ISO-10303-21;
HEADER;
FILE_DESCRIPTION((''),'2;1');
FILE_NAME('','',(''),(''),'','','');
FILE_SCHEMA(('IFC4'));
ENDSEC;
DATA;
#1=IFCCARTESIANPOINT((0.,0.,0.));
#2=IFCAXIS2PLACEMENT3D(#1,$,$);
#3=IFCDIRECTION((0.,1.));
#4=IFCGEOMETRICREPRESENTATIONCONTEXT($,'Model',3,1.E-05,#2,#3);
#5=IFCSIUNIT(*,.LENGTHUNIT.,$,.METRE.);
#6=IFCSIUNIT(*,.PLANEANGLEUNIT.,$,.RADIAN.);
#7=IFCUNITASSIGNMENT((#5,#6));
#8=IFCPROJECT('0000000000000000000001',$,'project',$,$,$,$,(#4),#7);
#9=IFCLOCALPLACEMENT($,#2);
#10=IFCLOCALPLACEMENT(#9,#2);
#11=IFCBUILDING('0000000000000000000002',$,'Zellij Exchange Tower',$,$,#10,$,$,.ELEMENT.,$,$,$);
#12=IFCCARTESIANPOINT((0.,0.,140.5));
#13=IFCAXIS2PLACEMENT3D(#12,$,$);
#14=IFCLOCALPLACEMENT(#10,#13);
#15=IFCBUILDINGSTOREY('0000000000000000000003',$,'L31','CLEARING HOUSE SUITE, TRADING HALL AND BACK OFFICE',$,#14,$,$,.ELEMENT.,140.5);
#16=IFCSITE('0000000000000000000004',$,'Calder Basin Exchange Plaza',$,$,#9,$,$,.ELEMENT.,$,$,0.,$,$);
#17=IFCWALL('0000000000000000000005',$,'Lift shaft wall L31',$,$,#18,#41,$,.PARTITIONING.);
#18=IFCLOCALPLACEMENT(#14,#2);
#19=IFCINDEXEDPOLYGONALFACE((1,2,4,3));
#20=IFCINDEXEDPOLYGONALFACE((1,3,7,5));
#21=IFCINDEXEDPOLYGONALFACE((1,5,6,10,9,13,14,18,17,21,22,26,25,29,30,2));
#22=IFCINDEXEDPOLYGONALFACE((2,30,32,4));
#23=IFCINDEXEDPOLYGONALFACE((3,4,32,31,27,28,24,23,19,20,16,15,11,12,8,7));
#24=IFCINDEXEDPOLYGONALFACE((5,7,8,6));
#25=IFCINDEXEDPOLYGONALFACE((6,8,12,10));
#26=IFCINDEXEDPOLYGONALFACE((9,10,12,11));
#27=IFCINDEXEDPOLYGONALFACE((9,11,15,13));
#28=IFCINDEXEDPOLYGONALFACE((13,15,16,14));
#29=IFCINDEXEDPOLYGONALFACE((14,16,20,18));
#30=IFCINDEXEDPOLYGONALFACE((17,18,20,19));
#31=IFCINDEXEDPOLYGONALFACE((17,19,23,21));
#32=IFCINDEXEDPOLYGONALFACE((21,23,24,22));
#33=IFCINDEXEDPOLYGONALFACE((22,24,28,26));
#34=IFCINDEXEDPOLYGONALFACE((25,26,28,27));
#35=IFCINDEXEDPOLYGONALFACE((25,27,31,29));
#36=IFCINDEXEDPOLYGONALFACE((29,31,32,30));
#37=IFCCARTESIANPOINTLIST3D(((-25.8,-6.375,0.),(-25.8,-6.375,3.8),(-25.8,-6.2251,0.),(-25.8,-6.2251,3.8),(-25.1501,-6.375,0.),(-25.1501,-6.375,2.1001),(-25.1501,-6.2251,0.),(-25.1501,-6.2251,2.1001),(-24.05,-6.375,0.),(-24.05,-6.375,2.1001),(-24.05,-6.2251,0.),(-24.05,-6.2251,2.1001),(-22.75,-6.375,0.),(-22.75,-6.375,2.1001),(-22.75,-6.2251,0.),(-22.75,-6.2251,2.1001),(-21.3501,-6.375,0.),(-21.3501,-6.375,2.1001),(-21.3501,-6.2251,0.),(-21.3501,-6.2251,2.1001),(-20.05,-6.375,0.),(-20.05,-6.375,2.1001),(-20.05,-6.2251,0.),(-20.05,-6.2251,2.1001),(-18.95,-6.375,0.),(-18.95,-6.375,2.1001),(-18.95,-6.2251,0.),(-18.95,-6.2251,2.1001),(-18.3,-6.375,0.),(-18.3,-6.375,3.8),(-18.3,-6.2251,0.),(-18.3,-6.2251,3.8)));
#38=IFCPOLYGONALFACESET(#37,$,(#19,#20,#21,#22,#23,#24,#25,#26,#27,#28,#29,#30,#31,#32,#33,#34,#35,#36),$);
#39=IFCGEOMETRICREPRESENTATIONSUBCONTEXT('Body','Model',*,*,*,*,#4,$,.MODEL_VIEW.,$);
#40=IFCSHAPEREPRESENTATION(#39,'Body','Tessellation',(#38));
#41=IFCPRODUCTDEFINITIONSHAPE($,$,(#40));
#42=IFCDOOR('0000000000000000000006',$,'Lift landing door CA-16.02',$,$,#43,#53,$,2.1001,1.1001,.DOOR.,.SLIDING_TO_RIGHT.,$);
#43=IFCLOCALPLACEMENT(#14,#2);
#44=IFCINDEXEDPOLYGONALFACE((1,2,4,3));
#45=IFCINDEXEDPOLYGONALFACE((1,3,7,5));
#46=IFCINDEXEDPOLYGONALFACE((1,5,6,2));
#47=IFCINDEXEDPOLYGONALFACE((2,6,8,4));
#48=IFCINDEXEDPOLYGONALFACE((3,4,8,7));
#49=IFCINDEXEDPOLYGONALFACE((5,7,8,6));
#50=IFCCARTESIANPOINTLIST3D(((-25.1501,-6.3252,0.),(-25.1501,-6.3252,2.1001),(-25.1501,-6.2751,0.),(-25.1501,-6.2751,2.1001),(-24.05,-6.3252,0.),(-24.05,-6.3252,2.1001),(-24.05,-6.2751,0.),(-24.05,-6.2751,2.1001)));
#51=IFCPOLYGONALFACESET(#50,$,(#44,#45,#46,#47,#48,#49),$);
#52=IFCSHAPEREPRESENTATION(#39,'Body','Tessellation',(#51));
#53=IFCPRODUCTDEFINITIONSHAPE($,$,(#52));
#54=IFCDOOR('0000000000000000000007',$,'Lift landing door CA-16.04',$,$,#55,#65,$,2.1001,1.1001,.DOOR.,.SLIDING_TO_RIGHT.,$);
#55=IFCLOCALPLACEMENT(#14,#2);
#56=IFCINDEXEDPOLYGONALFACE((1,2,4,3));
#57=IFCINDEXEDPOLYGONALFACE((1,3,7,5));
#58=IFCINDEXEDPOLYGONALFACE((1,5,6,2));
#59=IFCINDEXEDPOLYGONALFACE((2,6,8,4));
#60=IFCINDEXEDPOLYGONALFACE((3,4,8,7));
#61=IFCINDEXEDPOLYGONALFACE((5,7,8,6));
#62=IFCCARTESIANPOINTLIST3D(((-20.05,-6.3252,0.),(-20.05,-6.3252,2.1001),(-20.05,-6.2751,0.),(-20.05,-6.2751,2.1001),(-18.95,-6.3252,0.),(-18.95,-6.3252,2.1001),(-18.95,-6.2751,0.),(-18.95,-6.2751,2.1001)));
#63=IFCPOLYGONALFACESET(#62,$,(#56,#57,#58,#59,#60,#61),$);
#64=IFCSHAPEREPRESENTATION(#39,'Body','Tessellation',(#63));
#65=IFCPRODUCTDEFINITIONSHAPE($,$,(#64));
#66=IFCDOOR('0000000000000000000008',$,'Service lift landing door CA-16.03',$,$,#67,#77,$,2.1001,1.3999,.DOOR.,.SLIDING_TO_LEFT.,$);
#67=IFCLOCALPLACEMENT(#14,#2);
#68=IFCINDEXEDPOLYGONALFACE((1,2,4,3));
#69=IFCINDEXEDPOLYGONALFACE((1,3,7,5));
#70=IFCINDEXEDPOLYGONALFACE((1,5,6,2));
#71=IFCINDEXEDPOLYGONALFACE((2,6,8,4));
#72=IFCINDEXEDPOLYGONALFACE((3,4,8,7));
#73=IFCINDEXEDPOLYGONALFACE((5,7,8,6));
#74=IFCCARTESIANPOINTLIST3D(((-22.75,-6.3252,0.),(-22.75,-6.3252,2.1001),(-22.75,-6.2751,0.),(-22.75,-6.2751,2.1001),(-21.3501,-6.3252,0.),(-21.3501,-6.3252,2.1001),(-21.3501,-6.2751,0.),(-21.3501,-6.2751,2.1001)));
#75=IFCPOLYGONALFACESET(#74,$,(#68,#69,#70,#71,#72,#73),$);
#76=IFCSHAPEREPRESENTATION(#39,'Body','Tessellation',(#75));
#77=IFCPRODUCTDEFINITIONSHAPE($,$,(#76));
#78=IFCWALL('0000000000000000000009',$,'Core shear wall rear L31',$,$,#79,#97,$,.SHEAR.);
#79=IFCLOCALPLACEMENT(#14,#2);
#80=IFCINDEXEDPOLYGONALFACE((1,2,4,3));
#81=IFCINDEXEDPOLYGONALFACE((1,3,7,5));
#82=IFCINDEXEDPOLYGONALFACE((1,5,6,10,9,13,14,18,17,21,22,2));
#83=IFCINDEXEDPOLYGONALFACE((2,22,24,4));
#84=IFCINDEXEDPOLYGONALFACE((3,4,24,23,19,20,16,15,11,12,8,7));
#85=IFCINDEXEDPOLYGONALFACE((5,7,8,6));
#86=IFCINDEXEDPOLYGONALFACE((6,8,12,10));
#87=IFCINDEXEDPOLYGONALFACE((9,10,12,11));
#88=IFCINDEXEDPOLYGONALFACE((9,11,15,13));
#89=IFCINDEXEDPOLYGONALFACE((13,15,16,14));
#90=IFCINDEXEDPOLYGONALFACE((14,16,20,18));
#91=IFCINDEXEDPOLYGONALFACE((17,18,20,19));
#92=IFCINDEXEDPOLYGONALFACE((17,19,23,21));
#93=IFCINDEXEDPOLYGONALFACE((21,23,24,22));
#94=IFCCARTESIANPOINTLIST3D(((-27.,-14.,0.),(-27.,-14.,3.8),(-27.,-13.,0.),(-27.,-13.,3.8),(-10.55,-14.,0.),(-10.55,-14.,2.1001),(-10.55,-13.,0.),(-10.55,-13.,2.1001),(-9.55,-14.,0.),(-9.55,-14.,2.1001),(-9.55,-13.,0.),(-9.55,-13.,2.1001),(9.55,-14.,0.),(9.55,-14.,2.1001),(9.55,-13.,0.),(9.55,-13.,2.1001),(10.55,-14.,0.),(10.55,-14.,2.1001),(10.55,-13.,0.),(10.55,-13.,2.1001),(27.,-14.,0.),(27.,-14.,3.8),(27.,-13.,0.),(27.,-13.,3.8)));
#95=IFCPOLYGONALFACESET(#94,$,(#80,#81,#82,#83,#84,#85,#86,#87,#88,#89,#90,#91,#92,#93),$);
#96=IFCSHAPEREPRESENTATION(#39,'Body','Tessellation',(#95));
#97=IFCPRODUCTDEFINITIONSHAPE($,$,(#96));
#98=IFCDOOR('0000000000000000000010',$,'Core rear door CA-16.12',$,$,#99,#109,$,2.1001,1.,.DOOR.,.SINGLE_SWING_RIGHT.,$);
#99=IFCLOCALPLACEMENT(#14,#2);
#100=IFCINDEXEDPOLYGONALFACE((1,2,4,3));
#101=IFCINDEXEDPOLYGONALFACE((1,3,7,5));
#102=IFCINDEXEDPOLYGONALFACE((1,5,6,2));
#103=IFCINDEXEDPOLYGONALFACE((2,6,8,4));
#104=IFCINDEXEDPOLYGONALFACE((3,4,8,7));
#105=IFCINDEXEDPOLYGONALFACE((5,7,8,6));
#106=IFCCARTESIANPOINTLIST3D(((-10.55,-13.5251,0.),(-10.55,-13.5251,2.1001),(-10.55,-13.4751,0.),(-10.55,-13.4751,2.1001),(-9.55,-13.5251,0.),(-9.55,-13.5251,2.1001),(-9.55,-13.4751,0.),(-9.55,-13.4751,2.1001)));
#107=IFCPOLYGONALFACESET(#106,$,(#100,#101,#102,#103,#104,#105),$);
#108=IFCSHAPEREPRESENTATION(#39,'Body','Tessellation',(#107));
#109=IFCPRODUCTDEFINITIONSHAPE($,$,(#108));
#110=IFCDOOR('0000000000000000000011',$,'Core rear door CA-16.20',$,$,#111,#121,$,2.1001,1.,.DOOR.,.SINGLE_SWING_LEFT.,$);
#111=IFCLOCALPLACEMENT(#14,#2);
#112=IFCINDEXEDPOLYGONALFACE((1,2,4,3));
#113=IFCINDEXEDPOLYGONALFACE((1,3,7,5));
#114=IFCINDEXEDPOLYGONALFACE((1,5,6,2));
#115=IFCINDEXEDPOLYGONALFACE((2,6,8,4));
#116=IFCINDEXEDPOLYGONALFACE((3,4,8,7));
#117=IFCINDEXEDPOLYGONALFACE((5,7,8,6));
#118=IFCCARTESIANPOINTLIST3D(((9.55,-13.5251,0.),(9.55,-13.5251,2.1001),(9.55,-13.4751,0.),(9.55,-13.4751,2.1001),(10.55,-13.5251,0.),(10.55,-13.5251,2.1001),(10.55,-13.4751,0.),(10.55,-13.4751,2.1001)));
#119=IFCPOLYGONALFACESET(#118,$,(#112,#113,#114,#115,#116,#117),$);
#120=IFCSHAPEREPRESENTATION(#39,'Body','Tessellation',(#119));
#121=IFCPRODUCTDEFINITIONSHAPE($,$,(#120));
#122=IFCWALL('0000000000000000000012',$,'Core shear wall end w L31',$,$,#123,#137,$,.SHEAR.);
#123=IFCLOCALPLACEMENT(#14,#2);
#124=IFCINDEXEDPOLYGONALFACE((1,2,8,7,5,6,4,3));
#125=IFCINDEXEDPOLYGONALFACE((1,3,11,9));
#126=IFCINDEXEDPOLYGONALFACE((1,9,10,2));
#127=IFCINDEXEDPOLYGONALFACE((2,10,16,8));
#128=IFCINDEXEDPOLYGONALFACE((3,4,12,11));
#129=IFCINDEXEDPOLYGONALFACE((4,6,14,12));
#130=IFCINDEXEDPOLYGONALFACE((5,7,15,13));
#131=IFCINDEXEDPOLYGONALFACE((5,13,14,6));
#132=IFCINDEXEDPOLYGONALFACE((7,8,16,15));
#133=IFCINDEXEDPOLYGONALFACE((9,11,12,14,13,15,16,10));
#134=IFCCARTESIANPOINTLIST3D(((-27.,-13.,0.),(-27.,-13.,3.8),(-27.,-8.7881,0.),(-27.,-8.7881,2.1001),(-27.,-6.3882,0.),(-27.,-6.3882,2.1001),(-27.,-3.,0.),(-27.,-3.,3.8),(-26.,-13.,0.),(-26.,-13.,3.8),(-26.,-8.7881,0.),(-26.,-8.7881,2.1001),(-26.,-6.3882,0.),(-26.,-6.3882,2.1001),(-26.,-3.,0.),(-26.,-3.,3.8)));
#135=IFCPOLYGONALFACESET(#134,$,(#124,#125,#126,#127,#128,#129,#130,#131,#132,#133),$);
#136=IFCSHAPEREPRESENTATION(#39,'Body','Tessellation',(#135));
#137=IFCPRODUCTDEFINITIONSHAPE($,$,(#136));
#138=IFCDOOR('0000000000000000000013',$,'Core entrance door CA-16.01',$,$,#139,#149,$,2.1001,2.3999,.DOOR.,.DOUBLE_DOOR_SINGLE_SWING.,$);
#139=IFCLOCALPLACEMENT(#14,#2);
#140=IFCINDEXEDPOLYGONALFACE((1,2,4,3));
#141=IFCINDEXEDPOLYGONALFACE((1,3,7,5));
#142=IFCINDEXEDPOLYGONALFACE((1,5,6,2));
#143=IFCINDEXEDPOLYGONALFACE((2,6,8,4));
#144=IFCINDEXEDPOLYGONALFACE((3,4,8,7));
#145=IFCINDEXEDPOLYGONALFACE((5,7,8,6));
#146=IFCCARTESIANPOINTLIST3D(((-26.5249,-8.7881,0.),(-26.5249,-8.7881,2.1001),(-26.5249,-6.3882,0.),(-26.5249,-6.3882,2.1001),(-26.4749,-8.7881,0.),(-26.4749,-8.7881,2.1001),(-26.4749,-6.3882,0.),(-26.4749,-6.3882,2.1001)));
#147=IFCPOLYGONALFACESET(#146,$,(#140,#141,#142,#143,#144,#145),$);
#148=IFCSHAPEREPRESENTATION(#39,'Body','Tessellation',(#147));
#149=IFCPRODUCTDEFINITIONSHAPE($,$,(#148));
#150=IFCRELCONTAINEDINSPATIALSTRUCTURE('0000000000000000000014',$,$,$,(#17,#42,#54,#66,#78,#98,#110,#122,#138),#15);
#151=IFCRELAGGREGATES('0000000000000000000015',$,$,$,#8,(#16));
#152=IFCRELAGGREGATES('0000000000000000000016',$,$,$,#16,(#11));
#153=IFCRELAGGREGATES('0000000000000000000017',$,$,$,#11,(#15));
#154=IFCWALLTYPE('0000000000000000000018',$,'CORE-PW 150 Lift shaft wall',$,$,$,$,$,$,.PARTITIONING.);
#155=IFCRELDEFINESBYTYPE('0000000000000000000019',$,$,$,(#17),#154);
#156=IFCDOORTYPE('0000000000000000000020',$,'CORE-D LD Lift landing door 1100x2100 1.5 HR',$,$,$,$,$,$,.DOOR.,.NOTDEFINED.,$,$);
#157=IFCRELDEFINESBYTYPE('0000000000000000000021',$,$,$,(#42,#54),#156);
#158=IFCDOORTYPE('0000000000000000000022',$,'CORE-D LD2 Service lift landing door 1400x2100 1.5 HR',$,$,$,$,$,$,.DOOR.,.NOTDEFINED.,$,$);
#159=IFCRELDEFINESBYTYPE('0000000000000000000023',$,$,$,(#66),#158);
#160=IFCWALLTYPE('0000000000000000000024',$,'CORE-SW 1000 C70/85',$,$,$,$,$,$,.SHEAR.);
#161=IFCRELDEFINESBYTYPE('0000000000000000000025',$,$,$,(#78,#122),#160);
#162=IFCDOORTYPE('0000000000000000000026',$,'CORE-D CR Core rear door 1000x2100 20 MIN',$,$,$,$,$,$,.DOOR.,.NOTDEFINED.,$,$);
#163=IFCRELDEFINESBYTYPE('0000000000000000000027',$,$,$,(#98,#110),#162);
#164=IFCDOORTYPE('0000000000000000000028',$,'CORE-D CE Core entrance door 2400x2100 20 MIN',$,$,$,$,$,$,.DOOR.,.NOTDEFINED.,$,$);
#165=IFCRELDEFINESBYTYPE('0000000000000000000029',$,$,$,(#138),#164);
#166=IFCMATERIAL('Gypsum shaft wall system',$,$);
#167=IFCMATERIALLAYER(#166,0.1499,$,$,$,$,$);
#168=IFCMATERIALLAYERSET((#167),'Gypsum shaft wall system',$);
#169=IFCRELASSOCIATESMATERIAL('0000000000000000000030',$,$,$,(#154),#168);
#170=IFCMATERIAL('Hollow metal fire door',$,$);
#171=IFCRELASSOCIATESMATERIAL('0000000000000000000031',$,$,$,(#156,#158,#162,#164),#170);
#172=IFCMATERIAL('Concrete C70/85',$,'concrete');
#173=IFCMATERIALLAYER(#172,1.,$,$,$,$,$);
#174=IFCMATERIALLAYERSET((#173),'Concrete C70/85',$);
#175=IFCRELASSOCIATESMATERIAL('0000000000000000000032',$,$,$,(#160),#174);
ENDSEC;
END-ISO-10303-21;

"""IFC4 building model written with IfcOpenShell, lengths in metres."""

from ifc_helpers import new_model, si_unit, direction, frame, frame_2d, origin, place, context, subcontext, project, spatial, rectangle, extrude, material, layer, layer_set, type_object, element, fill, save


model = new_model("IFC4")

# Units and contexts
model_context = context("Model", 3, precision=1e-05, world=origin(), true_north=direction((0.0, 1.0)))
body_context = subcontext(model_context, "Body", "Model", "MODEL_VIEW")
ifc_project = project(units=[si_unit("LENGTHUNIT", "METRE"), si_unit("PLANEANGLEUNIT", "RADIAN")], contexts=[model_context])

# Site, building, storey
site_placement = place(None, origin())
site = spatial("IfcSite", under=ifc_project, at=site_placement, Name="Calder Basin Exchange Plaza", CompositionType="ELEMENT", RefElevation=0.0)
building_placement = place(site_placement, origin())
building = spatial("IfcBuilding", under=site, at=building_placement, Name="Zellij Exchange Tower", CompositionType="ELEMENT")
storey_placement = place(building_placement, frame((0.0, 0.0, 140.5)))
storey = spatial("IfcBuildingStorey", under=building, at=storey_placement, Name="L31", Description="CLEARING HOUSE SUITE, TRADING HALL AND BACK OFFICE", CompositionType="ELEMENT", Elevation=140.5)

# Shared definitions
ifc_material_1 = material(Name="Concrete C70/85", Category="concrete")

# Walls, openings, doors
ifc_material_2 = material(Name="Gypsum shaft wall system")
ifc_layer_1 = layer(ifc_material_2, 0.1499)
ifc_layer_set_1 = layer_set([ifc_layer_1], Name="Gypsum shaft wall system")
wall_type_1 = type_object("IfcWallType", Name="CORE-PW 150 Lift shaft wall", PredefinedType="PARTITIONING", material=ifc_layer_set_1)
wall_1_placement = place(storey_placement, frame((-25.8, -6.3, 0.0), z_axis=(0.0, 0.0, 1.0), x_axis=(1.0, 0.0, 0.0)))
wall_1 = element("IfcWall", 1, at=wall_1_placement, inside=storey, type_object=wall_type_1, Name="Lift shaft wall L31", PredefinedType="PARTITIONING", context=body_context, shape_type="SweptSolid", body=[
    extrude(rectangle(XDim=7.5, YDim=0.1499, at=frame_2d((3.75, 0.0))), origin(), (0.0, 0.0, 1.0), 3.8),
])
opening_1_placement = place(wall_1_placement, frame((0.6499, 0.0, 0.0)))
opening_1 = element("IfcOpeningElement", 2, at=opening_1_placement, cuts=wall_1, PredefinedType="OPENING", context=body_context, shape_type="SweptSolid", body=[
    extrude(rectangle(XDim=1.1001, YDim=2.1001, at=frame_2d((0.55, 1.05))), frame((0.0, 0.0869, 0.0), z_axis=(0.0, -1.0, 0.0), x_axis=(1.0, 0.0, 0.0)), (0.0, 0.0, 1.0), 0.1738),
])
opening_2_placement = place(wall_1_placement, frame((3.05, 0.0, 0.0)))
opening_2 = element("IfcOpeningElement", 3, at=opening_2_placement, cuts=wall_1, PredefinedType="OPENING", context=body_context, shape_type="SweptSolid", body=[
    extrude(rectangle(XDim=1.3999, YDim=2.1001, at=frame_2d((0.7, 1.05))), frame((0.0, 0.0869, 0.0), z_axis=(0.0, -1.0, 0.0), x_axis=(1.0, 0.0, 0.0)), (0.0, 0.0, 1.0), 0.1738),
])
opening_3_placement = place(wall_1_placement, frame((5.75, 0.0, 0.0)))
opening_3 = element("IfcOpeningElement", 4, at=opening_3_placement, cuts=wall_1, PredefinedType="OPENING", context=body_context, shape_type="SweptSolid", body=[
    extrude(rectangle(XDim=1.1001, YDim=2.1001, at=frame_2d((0.55, 1.05))), frame((0.0, 0.0869, 0.0), z_axis=(0.0, -1.0, 0.0), x_axis=(1.0, 0.0, 0.0)), (0.0, 0.0, 1.0), 0.1738),
])
ifc_material_3 = material(Name="Hollow metal fire door")
door_type_1 = type_object("IfcDoorType", Name="CORE-D LD Lift landing door 1100x2100 1.5 HR", OperationType="NOTDEFINED", PredefinedType="DOOR", material=ifc_material_3)
door_1_placement = place(opening_1_placement, origin())
door_1 = element("IfcDoor", 5, at=door_1_placement, inside=storey, type_object=door_type_1, Name="Lift landing door CA-16.02", OperationType="SLIDING_TO_RIGHT", OverallHeight=2.1001, OverallWidth=1.1001, PredefinedType="DOOR", context=body_context, shape_type="SweptSolid", body=[
    extrude(rectangle(XDim=1.1001, YDim=2.1001, at=frame_2d((0.55, 1.05))), frame((0.0, 0.0249, 0.0), z_axis=(0.0, -1.0, 0.0), x_axis=(1.0, 0.0, 0.0)), (0.0, 0.0, 1.0), 0.05),
])
fill(opening_1, door_1)
door_2_placement = place(opening_3_placement, origin())
door_2 = element("IfcDoor", 6, at=door_2_placement, inside=storey, type_object=door_type_1, Name="Lift landing door CA-16.04", OperationType="SLIDING_TO_RIGHT", OverallHeight=2.1001, OverallWidth=1.1001, PredefinedType="DOOR", context=body_context, shape_type="SweptSolid", body=[
    extrude(rectangle(XDim=1.1001, YDim=2.1001, at=frame_2d((0.55, 1.05))), frame((0.0, 0.0249, 0.0), z_axis=(0.0, -1.0, 0.0), x_axis=(1.0, 0.0, 0.0)), (0.0, 0.0, 1.0), 0.05),
])
fill(opening_3, door_2)
door_type_2 = type_object("IfcDoorType", Name="CORE-D LD2 Service lift landing door 1400x2100 1.5 HR", OperationType="NOTDEFINED", PredefinedType="DOOR", material=ifc_material_3)
door_3_placement = place(opening_2_placement, origin())
door_3 = element("IfcDoor", 7, at=door_3_placement, inside=storey, type_object=door_type_2, Name="Service lift landing door CA-16.03", OperationType="SLIDING_TO_LEFT", OverallHeight=2.1001, OverallWidth=1.3999, PredefinedType="DOOR", context=body_context, shape_type="SweptSolid", body=[
    extrude(rectangle(XDim=1.3999, YDim=2.1001, at=frame_2d((0.7, 1.05))), frame((0.0, 0.0249, 0.0), z_axis=(0.0, -1.0, 0.0), x_axis=(1.0, 0.0, 0.0)), (0.0, 0.0, 1.0), 0.05),
])
fill(opening_2, door_3)
ifc_layer_2 = layer(ifc_material_1, 1.0)
ifc_layer_set_2 = layer_set([ifc_layer_2], Name="Concrete C70/85")
wall_type_2 = type_object("IfcWallType", Name="CORE-SW 1000 C70/85", PredefinedType="SHEAR", material=ifc_layer_set_2)
wall_2_placement = place(storey_placement, frame((-27.0, -13.5, 0.0), z_axis=(0.0, 0.0, 1.0), x_axis=(1.0, 0.0, 0.0)))
wall_2 = element("IfcWall", 8, at=wall_2_placement, inside=storey, type_object=wall_type_2, Name="Core shear wall rear L31", PredefinedType="SHEAR", context=body_context, shape_type="SweptSolid", body=[
    extrude(rectangle(XDim=54.0, YDim=1.0, at=frame_2d((27.0, 0.0))), origin(), (0.0, 0.0, 1.0), 3.8),
])
opening_4_placement = place(wall_2_placement, frame((16.45, 0.0, 0.0)))
opening_4 = element("IfcOpeningElement", 9, at=opening_4_placement, cuts=wall_2, PredefinedType="OPENING", context=body_context, shape_type="SweptSolid", body=[
    extrude(rectangle(XDim=1.0, YDim=2.1001, at=frame_2d((0.5, 1.05))), frame((0.0, 0.512, 0.0), z_axis=(0.0, -1.0, 0.0), x_axis=(1.0, 0.0, 0.0)), (0.0, 0.0, 1.0), 1.0239),
])
opening_5_placement = place(wall_2_placement, frame((36.55, 0.0, 0.0)))
opening_5 = element("IfcOpeningElement", 10, at=opening_5_placement, cuts=wall_2, PredefinedType="OPENING", context=body_context, shape_type="SweptSolid", body=[
    extrude(rectangle(XDim=1.0, YDim=2.1001, at=frame_2d((0.5, 1.05))), frame((0.0, 0.512, 0.0), z_axis=(0.0, -1.0, 0.0), x_axis=(1.0, 0.0, 0.0)), (0.0, 0.0, 1.0), 1.0239),
])
door_type_3 = type_object("IfcDoorType", Name="CORE-D CR Core rear door 1000x2100 20 MIN", OperationType="NOTDEFINED", PredefinedType="DOOR", material=ifc_material_3)
door_4_placement = place(opening_4_placement, origin())
door_4 = element("IfcDoor", 11, at=door_4_placement, inside=storey, type_object=door_type_3, Name="Core rear door CA-16.12", OperationType="SINGLE_SWING_RIGHT", OverallHeight=2.1001, OverallWidth=1.0, PredefinedType="DOOR", context=body_context, shape_type="SweptSolid", body=[
    extrude(rectangle(XDim=1.0, YDim=2.1001, at=frame_2d((0.5, 1.05))), frame((0.0, 0.0249, 0.0), z_axis=(0.0, -1.0, 0.0), x_axis=(1.0, 0.0, 0.0)), (0.0, 0.0, 1.0), 0.05),
])
fill(opening_4, door_4)
door_5_placement = place(opening_5_placement, origin())
door_5 = element("IfcDoor", 12, at=door_5_placement, inside=storey, type_object=door_type_3, Name="Core rear door CA-16.20", OperationType="SINGLE_SWING_LEFT", OverallHeight=2.1001, OverallWidth=1.0, PredefinedType="DOOR", context=body_context, shape_type="SweptSolid", body=[
    extrude(rectangle(XDim=1.0, YDim=2.1001, at=frame_2d((0.5, 1.05))), frame((0.0, 0.0249, 0.0), z_axis=(0.0, -1.0, 0.0), x_axis=(1.0, 0.0, 0.0)), (0.0, 0.0, 1.0), 0.05),
])
fill(opening_5, door_5)

# Wall, opening, door
wall_3_placement = place(storey_placement, frame((-26.5, -13.0, 0.0), z_axis=(0.0, 0.0, 1.0), x_axis=(0.0, 1.0, 0.0)))
wall_3 = element("IfcWall", 13, at=wall_3_placement, inside=storey, type_object=wall_type_2, Name="Core shear wall end w L31", PredefinedType="SHEAR", context=body_context, shape_type="SweptSolid", body=[
    extrude(rectangle(XDim=10.0, YDim=1.0, at=frame_2d((5.0, 0.0))), origin(), (0.0, 0.0, 1.0), 3.8),
])
opening_6_placement = place(wall_3_placement, frame((4.2119, 0.0, 0.0)))
opening_6 = element("IfcOpeningElement", 14, at=opening_6_placement, cuts=wall_3, PredefinedType="OPENING", context=body_context, shape_type="SweptSolid", body=[
    extrude(rectangle(XDim=2.3999, YDim=2.1001, at=frame_2d((1.2, 1.05))), frame((0.0, 0.512, 0.0), z_axis=(0.0, -1.0, 0.0), x_axis=(1.0, 0.0, 0.0)), (0.0, 0.0, 1.0), 1.0239),
])
door_type_4 = type_object("IfcDoorType", Name="CORE-D CE Core entrance door 2400x2100 20 MIN", OperationType="NOTDEFINED", PredefinedType="DOOR", material=ifc_material_3)
door_6_placement = place(opening_6_placement, origin())
door_6 = element("IfcDoor", 15, at=door_6_placement, inside=storey, type_object=door_type_4, Name="Core entrance door CA-16.01", OperationType="DOUBLE_DOOR_SINGLE_SWING", OverallHeight=2.1001, OverallWidth=2.3999, PredefinedType="DOOR", context=body_context, shape_type="SweptSolid", body=[
    extrude(rectangle(XDim=2.3999, YDim=2.1001, at=frame_2d((1.2, 1.05))), frame((0.0, 0.0249, 0.0), z_axis=(0.0, -1.0, 0.0), x_axis=(1.0, 0.0, 0.0)), (0.0, 0.0, 1.0), 0.05),
])
fill(opening_6, door_6)

save(model, "model.ifc")
